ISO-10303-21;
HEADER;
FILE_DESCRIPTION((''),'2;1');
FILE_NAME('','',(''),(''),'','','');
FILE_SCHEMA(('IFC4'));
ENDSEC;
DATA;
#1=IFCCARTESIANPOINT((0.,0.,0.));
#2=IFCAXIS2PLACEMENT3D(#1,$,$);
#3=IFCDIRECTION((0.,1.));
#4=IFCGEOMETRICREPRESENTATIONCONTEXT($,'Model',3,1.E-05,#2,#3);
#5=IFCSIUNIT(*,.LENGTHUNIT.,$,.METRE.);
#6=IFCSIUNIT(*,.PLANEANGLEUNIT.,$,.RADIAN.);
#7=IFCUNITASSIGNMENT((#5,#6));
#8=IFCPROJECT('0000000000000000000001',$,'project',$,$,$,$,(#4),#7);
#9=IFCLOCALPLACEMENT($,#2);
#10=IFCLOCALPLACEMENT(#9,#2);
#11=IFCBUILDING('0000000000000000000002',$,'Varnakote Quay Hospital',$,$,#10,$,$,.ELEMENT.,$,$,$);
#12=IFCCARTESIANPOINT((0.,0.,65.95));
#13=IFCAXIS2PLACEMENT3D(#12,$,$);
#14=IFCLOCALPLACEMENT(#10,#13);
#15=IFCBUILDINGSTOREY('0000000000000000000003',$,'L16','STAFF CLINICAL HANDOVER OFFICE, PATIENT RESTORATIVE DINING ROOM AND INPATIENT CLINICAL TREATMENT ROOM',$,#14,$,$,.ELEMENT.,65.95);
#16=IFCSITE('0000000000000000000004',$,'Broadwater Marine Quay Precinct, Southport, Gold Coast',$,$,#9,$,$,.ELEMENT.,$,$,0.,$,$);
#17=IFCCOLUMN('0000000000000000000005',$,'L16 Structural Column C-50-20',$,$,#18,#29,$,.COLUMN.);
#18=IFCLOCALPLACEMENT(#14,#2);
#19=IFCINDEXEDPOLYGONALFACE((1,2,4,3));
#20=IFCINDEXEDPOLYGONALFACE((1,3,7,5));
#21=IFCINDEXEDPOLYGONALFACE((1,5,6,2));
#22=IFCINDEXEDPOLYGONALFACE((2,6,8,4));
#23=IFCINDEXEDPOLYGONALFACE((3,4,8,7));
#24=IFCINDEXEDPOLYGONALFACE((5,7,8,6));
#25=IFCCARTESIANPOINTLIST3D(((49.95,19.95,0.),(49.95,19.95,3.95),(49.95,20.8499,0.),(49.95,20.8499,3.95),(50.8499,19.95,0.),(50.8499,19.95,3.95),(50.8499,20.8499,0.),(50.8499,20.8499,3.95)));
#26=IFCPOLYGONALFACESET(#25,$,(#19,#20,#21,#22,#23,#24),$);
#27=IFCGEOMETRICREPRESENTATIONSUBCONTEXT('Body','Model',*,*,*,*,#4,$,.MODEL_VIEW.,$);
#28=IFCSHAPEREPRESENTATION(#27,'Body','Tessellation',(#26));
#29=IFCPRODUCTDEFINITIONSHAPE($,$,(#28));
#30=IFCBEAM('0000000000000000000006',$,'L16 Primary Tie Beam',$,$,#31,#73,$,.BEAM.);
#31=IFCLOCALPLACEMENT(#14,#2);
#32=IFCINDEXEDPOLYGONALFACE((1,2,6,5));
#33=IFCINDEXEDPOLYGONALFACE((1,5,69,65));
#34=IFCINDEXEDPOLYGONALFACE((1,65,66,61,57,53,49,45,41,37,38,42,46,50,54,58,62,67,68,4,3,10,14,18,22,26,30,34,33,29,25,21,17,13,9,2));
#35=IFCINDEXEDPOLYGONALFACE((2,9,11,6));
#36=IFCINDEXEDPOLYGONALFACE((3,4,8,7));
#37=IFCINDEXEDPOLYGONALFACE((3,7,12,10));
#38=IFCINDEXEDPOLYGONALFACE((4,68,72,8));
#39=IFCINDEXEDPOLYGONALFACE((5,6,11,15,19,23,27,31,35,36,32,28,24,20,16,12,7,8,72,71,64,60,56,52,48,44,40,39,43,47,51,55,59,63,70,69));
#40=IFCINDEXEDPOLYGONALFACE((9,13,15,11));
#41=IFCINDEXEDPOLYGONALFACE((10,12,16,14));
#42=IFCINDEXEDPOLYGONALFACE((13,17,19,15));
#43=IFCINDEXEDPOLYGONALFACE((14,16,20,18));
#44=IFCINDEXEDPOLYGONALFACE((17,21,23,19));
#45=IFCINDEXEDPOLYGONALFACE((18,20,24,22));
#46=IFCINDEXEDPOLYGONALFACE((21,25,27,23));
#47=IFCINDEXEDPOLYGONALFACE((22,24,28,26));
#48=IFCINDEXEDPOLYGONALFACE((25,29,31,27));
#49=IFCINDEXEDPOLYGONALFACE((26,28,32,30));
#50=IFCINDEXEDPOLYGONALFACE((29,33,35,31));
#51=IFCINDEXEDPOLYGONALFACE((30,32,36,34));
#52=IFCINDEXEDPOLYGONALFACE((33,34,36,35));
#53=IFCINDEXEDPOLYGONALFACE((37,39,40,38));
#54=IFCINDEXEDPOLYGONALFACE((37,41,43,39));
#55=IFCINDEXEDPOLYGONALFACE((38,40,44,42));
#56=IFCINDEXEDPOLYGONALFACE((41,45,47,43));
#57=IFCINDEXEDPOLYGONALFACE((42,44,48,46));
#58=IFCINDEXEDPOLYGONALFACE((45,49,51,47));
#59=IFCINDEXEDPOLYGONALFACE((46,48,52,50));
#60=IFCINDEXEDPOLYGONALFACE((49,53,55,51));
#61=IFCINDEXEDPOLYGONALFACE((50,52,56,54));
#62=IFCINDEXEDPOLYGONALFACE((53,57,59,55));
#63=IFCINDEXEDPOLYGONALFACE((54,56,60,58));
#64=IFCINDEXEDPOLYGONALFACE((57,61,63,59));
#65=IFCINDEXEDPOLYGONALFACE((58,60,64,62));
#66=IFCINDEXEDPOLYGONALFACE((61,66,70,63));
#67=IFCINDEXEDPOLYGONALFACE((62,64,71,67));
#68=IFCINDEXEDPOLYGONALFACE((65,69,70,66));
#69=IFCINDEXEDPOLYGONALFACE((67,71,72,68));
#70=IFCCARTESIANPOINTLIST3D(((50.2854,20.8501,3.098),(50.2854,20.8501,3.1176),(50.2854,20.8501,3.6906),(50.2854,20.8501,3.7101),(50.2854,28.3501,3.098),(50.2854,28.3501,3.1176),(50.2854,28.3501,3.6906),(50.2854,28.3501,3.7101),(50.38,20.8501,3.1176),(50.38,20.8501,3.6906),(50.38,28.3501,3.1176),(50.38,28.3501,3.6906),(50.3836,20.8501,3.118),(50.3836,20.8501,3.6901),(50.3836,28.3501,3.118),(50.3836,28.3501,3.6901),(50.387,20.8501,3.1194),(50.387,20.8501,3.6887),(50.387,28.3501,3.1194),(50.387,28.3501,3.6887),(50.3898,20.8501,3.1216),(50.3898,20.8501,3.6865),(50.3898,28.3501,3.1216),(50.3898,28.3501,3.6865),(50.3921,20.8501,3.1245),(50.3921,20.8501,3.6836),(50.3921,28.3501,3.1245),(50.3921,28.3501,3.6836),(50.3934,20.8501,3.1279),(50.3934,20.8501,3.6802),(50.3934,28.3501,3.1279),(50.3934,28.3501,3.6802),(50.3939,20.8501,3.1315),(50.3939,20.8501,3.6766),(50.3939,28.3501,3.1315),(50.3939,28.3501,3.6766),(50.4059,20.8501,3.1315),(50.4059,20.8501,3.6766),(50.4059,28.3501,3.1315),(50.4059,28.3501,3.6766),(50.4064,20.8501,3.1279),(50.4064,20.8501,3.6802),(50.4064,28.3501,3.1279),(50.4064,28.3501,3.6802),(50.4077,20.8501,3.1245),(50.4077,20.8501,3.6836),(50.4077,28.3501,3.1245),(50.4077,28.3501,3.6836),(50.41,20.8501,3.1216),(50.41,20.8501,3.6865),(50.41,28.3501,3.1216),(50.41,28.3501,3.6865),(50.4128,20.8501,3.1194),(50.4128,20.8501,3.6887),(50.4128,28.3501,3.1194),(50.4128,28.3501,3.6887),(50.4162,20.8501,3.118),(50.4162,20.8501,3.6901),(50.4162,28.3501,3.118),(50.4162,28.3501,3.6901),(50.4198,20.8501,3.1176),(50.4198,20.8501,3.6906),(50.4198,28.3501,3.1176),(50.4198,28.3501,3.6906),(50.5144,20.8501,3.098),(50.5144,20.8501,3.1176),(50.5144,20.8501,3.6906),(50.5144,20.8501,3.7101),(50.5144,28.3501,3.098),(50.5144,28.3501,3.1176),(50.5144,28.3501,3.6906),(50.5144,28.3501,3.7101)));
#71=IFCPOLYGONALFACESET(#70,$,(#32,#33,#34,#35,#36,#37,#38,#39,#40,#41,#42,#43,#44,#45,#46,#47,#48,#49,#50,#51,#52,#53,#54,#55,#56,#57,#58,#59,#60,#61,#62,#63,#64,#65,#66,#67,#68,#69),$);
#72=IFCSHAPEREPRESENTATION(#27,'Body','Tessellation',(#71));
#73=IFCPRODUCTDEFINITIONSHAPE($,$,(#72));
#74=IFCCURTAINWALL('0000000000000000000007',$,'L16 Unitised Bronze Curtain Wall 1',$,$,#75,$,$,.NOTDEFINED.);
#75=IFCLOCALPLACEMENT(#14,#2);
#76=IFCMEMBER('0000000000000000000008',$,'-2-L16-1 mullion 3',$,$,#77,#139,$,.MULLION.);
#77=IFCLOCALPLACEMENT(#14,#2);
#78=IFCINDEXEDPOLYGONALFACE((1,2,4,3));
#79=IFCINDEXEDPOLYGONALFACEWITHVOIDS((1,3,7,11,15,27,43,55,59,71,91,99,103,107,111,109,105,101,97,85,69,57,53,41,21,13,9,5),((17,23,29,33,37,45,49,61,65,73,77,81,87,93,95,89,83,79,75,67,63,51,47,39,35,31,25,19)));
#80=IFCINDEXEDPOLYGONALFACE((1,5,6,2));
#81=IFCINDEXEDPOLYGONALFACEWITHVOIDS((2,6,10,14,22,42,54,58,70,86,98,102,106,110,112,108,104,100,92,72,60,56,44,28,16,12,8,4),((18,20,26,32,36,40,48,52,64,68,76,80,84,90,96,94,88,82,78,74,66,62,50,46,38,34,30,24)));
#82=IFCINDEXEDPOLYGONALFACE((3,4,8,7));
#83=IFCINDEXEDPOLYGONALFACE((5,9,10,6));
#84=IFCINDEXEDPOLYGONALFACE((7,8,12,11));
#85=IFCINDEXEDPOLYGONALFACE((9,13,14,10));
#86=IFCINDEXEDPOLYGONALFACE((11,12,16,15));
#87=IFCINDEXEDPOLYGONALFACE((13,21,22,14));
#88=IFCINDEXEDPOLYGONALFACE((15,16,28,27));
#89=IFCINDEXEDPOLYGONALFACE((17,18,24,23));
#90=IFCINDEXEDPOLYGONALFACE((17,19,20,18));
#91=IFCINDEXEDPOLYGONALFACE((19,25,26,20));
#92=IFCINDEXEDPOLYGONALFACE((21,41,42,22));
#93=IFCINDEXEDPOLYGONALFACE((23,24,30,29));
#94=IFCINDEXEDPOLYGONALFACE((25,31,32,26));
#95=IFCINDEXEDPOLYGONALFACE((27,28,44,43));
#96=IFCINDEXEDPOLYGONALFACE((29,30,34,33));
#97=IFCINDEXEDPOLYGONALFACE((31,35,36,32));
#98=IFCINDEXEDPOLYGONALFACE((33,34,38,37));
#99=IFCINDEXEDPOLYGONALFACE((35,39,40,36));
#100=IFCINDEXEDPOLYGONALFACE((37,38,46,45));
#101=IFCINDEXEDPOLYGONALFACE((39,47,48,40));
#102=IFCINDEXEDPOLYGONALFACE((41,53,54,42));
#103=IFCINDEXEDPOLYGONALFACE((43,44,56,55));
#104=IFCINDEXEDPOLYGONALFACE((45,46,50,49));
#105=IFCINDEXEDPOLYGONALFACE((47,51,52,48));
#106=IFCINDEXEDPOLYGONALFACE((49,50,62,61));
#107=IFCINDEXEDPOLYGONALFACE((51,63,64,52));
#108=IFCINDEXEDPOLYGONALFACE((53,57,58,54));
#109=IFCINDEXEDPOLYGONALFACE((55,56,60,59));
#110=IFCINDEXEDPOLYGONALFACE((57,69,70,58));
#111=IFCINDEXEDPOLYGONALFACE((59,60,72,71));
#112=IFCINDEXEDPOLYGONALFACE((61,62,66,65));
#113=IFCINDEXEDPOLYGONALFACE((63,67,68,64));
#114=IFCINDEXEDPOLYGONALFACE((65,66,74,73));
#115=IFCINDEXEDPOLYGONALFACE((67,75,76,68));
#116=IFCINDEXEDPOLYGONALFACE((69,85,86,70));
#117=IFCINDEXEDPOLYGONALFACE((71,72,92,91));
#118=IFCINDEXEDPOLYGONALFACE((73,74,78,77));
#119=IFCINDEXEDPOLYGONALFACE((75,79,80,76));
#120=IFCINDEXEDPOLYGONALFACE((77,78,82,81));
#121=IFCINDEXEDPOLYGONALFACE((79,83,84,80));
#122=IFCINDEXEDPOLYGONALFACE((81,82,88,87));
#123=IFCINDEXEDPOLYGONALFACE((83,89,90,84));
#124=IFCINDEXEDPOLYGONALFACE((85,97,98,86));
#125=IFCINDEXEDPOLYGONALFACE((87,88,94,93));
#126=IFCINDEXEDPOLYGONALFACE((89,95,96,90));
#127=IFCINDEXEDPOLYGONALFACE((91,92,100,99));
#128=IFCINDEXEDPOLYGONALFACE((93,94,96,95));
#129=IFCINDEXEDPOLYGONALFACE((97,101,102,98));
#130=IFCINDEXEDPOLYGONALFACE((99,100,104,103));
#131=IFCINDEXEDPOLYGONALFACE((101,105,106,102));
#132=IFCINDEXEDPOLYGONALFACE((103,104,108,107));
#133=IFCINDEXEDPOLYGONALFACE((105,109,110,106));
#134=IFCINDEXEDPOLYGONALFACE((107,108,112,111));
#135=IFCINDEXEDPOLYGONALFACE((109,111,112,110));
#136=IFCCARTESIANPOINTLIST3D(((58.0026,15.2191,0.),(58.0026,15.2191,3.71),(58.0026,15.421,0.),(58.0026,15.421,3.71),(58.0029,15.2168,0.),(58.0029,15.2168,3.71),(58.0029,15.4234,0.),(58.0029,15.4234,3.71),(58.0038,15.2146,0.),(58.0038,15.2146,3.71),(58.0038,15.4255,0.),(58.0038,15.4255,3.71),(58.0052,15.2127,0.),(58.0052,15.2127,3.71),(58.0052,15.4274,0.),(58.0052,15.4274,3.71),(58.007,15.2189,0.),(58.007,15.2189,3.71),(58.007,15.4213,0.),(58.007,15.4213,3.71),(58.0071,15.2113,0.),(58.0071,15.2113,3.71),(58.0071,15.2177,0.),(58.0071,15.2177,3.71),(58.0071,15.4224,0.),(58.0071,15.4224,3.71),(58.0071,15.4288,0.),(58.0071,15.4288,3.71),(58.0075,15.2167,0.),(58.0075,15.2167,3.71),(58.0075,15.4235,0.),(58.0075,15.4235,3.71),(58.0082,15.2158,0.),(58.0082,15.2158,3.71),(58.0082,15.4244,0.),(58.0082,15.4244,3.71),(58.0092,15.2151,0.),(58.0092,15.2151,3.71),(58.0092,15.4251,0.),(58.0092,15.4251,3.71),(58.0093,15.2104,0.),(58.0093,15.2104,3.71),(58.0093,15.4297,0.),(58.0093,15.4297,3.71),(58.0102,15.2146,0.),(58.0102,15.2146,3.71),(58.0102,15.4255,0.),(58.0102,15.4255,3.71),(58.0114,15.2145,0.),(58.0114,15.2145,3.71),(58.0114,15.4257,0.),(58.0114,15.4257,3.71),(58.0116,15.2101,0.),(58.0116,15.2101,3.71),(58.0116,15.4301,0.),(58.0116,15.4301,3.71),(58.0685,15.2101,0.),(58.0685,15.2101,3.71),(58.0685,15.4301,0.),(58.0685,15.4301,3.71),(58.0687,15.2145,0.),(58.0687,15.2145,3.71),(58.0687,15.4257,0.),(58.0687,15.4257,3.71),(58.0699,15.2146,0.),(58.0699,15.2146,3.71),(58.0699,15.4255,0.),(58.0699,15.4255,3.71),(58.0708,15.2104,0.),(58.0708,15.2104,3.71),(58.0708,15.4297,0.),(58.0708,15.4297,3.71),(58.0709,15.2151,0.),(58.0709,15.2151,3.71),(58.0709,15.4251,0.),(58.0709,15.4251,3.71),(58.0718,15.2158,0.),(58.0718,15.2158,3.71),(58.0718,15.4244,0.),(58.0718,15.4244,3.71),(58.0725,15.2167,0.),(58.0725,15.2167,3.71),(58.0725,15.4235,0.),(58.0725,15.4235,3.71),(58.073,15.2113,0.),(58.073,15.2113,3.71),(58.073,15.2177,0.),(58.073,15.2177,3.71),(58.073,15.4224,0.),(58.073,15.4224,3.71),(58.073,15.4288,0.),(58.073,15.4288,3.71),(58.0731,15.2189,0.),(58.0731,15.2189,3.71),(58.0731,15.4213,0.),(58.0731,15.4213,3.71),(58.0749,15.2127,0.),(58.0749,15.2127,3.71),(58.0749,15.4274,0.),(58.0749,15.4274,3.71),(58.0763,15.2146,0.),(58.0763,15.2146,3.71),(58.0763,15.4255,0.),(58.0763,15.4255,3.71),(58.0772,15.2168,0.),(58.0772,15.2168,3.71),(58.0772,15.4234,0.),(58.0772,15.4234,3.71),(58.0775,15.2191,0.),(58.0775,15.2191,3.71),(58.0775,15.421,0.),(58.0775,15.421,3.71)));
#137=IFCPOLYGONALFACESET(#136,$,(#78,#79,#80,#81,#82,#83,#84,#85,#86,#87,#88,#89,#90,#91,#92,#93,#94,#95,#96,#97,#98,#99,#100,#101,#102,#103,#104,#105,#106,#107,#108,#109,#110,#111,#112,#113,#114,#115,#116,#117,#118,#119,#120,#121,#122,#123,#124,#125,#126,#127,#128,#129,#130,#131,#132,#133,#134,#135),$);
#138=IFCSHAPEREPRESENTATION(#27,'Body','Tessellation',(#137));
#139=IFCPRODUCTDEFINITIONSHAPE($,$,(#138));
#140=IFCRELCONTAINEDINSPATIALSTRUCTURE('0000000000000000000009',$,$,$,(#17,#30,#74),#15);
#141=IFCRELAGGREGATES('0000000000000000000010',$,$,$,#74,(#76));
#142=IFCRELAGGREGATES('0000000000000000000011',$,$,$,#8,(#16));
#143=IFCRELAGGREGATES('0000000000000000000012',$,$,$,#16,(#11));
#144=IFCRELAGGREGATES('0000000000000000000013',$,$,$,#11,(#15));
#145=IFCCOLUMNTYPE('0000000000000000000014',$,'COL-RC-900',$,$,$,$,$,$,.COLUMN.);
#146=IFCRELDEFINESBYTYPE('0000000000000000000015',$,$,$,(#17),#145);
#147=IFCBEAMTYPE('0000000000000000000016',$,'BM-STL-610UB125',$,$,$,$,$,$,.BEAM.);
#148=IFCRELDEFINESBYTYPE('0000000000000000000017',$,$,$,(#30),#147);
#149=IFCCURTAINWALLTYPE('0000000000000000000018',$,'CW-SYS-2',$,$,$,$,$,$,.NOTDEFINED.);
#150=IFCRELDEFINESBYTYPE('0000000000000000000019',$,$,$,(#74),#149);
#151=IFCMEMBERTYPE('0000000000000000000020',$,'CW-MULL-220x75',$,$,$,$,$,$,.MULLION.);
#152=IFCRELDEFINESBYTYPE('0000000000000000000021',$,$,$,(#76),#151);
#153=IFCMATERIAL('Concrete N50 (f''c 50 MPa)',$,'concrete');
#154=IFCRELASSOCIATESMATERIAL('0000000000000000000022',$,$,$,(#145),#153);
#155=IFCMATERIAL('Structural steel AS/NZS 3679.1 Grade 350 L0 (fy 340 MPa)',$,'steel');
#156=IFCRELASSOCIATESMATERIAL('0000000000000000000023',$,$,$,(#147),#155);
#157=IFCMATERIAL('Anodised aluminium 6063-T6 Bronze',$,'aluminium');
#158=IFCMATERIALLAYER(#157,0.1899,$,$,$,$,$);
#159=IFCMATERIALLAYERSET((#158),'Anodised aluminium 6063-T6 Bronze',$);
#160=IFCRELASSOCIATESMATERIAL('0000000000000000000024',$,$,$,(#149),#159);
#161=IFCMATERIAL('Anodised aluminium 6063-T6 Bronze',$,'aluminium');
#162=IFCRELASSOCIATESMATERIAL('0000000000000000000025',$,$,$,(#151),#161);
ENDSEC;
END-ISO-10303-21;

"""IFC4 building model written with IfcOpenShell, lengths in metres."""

from ifc_helpers import new_model, si_unit, direction, frame, origin, origin_2d, place, context, subcontext, project, spatial, rectangle, hollow_rectangle, i_section, extrude, material, layer, layer_set, material_profile, profile_set, type_object, element, aggregate, save


model = new_model("IFC4")

# Units and contexts
model_context = context("Model", 3, precision=1e-05, world=origin(), true_north=direction((0.0, 1.0)))
body_context = subcontext(model_context, "Body", "Model", "MODEL_VIEW")
ifc_project = project(units=[si_unit("LENGTHUNIT", "METRE"), si_unit("PLANEANGLEUNIT", "RADIAN")], contexts=[model_context])

# Site, building, storey
site_placement = place(None, origin())
site = spatial("IfcSite", under=ifc_project, at=site_placement, Name="Broadwater Marine Quay Precinct, Southport, Gold Coast", CompositionType="ELEMENT", RefElevation=0.0)
building_placement = place(site_placement, origin())
building = spatial("IfcBuilding", under=site, at=building_placement, Name="Varnakote Quay Hospital", CompositionType="ELEMENT")
storey_placement = place(building_placement, frame((0.0, 0.0, 65.95)))
storey = spatial("IfcBuildingStorey", under=building, at=storey_placement, Name="L16", Description="STAFF CLINICAL HANDOVER OFFICE, PATIENT RESTORATIVE DINING ROOM AND INPATIENT CLINICAL TREATMENT ROOM", CompositionType="ELEMENT", Elevation=65.95)

# Column
ifc_material_1 = material(Name="Concrete N50 (f'c 50 MPa)", Category="concrete")
ifc_material_profile_1 = material_profile(ifc_material_1, rectangle(XDim=0.8999, YDim=0.8999, at=origin_2d()), Name="RC-COL-900x900")
ifc_profile_set_1 = profile_set([ifc_material_profile_1], Name="Concrete N50 (f'c 50 MPa)")
column_type = type_object("IfcColumnType", Name="COL-RC-900", PredefinedType="COLUMN", material=ifc_profile_set_1)
column_placement = place(storey_placement, frame((50.3999, 20.3999, 0.0), z_axis=(0.0, 0.0, 1.0), x_axis=(1.0, 0.0, 0.0)))
element("IfcColumn", 1, at=column_placement, inside=storey, type_object=column_type, Name="L16 Structural Column C-50-20", PredefinedType="COLUMN", context=body_context, shape_type="SweptSolid", body=[
    extrude(rectangle(XDim=0.8999, YDim=0.8999, at=origin_2d()), origin(), (0.0, 0.0, 1.0), 3.95),
])

# Beam
ifc_material_2 = material(Name="Structural steel AS/NZS 3679.1 Grade 350 L0 (fy 340 MPa)", Category="steel")
ifc_material_profile_2 = material_profile(ifc_material_2, i_section(OverallWidth=0.229, OverallDepth=0.6121, WebThickness=0.012, FlangeThickness=0.0195, FilletRadius=0.0139, at=origin_2d()), Name="610UB125")
ifc_profile_set_2 = profile_set([ifc_material_profile_2], Name="Structural steel AS/NZS 3679.1 Grade 350 L0 (fy 340 MPa)")
beam_type = type_object("IfcBeamType", Name="BM-STL-610UB125", PredefinedType="BEAM", material=ifc_profile_set_2)
beam_placement = place(storey_placement, frame((50.3999, 20.8501, 3.4041), z_axis=(0.0, 1.0, 0.0), x_axis=(-1.0, 0.0, 0.0)))
element("IfcBeam", 2, at=beam_placement, inside=storey, type_object=beam_type, Name="L16 Primary Tie Beam", PredefinedType="BEAM", context=body_context, shape_type="SweptSolid", body=[
    extrude(i_section(OverallWidth=0.229, OverallDepth=0.6121, WebThickness=0.012, FlangeThickness=0.0195, FilletRadius=0.0139, at=origin_2d()), origin(), (0.0, 0.0, 1.0), 7.5),
])

# Curtain wall, member
ifc_material_3 = material(Name="Anodised aluminium 6063-T6 Bronze", Category="aluminium")
ifc_layer_1 = layer(ifc_material_3, 0.1899)
ifc_layer_set_1 = layer_set([ifc_layer_1], Name="Anodised aluminium 6063-T6 Bronze")
curtain_wall_type = type_object("IfcCurtainWallType", Name="CW-SYS-2", PredefinedType="NOTDEFINED", material=ifc_layer_set_1)
curtain_wall_placement = place(storey_placement, origin())
curtain_wall = element("IfcCurtainWall", 3, at=curtain_wall_placement, inside=storey, type_object=curtain_wall_type, Name="L16 Unitised Bronze Curtain Wall 1", PredefinedType="NOTDEFINED")
ifc_material_4 = material(Name="Anodised aluminium 6063-T6 Bronze", Category="aluminium")
ifc_material_profile_3 = material_profile(ifc_material_4, hollow_rectangle(XDim=0.075, YDim=0.22, WallThickness=0.0044, InnerFilletRadius=0.0044, OuterFilletRadius=0.009, at=origin_2d()), Name="CW-MULL-220x75")
ifc_profile_set_3 = profile_set([ifc_material_profile_3], Name="Anodised aluminium 6063-T6 Bronze")
member_type_1 = type_object("IfcMemberType", Name="CW-MULL-220x75", PredefinedType="MULLION", material=ifc_profile_set_3)
member_1_placement = place(storey_placement, frame((58.04, 15.3201, 0.0), z_axis=(0.0, 0.0, 1.0), x_axis=(-1.0, 0.0, 0.0)))
member_1 = element("IfcMember", 4, at=member_1_placement, type_object=member_type_1, Name="-2-L16-1 mullion 3", PredefinedType="MULLION", context=body_context, shape_type="SweptSolid", body=[
    extrude(hollow_rectangle(XDim=0.075, YDim=0.22, WallThickness=0.0044, InnerFilletRadius=0.0044, OuterFilletRadius=0.009, at=origin_2d()), origin(), (0.0, 0.0, 1.0), 3.71),
])
aggregate(curtain_wall, [member_1])

save(model, "model.ifc")
